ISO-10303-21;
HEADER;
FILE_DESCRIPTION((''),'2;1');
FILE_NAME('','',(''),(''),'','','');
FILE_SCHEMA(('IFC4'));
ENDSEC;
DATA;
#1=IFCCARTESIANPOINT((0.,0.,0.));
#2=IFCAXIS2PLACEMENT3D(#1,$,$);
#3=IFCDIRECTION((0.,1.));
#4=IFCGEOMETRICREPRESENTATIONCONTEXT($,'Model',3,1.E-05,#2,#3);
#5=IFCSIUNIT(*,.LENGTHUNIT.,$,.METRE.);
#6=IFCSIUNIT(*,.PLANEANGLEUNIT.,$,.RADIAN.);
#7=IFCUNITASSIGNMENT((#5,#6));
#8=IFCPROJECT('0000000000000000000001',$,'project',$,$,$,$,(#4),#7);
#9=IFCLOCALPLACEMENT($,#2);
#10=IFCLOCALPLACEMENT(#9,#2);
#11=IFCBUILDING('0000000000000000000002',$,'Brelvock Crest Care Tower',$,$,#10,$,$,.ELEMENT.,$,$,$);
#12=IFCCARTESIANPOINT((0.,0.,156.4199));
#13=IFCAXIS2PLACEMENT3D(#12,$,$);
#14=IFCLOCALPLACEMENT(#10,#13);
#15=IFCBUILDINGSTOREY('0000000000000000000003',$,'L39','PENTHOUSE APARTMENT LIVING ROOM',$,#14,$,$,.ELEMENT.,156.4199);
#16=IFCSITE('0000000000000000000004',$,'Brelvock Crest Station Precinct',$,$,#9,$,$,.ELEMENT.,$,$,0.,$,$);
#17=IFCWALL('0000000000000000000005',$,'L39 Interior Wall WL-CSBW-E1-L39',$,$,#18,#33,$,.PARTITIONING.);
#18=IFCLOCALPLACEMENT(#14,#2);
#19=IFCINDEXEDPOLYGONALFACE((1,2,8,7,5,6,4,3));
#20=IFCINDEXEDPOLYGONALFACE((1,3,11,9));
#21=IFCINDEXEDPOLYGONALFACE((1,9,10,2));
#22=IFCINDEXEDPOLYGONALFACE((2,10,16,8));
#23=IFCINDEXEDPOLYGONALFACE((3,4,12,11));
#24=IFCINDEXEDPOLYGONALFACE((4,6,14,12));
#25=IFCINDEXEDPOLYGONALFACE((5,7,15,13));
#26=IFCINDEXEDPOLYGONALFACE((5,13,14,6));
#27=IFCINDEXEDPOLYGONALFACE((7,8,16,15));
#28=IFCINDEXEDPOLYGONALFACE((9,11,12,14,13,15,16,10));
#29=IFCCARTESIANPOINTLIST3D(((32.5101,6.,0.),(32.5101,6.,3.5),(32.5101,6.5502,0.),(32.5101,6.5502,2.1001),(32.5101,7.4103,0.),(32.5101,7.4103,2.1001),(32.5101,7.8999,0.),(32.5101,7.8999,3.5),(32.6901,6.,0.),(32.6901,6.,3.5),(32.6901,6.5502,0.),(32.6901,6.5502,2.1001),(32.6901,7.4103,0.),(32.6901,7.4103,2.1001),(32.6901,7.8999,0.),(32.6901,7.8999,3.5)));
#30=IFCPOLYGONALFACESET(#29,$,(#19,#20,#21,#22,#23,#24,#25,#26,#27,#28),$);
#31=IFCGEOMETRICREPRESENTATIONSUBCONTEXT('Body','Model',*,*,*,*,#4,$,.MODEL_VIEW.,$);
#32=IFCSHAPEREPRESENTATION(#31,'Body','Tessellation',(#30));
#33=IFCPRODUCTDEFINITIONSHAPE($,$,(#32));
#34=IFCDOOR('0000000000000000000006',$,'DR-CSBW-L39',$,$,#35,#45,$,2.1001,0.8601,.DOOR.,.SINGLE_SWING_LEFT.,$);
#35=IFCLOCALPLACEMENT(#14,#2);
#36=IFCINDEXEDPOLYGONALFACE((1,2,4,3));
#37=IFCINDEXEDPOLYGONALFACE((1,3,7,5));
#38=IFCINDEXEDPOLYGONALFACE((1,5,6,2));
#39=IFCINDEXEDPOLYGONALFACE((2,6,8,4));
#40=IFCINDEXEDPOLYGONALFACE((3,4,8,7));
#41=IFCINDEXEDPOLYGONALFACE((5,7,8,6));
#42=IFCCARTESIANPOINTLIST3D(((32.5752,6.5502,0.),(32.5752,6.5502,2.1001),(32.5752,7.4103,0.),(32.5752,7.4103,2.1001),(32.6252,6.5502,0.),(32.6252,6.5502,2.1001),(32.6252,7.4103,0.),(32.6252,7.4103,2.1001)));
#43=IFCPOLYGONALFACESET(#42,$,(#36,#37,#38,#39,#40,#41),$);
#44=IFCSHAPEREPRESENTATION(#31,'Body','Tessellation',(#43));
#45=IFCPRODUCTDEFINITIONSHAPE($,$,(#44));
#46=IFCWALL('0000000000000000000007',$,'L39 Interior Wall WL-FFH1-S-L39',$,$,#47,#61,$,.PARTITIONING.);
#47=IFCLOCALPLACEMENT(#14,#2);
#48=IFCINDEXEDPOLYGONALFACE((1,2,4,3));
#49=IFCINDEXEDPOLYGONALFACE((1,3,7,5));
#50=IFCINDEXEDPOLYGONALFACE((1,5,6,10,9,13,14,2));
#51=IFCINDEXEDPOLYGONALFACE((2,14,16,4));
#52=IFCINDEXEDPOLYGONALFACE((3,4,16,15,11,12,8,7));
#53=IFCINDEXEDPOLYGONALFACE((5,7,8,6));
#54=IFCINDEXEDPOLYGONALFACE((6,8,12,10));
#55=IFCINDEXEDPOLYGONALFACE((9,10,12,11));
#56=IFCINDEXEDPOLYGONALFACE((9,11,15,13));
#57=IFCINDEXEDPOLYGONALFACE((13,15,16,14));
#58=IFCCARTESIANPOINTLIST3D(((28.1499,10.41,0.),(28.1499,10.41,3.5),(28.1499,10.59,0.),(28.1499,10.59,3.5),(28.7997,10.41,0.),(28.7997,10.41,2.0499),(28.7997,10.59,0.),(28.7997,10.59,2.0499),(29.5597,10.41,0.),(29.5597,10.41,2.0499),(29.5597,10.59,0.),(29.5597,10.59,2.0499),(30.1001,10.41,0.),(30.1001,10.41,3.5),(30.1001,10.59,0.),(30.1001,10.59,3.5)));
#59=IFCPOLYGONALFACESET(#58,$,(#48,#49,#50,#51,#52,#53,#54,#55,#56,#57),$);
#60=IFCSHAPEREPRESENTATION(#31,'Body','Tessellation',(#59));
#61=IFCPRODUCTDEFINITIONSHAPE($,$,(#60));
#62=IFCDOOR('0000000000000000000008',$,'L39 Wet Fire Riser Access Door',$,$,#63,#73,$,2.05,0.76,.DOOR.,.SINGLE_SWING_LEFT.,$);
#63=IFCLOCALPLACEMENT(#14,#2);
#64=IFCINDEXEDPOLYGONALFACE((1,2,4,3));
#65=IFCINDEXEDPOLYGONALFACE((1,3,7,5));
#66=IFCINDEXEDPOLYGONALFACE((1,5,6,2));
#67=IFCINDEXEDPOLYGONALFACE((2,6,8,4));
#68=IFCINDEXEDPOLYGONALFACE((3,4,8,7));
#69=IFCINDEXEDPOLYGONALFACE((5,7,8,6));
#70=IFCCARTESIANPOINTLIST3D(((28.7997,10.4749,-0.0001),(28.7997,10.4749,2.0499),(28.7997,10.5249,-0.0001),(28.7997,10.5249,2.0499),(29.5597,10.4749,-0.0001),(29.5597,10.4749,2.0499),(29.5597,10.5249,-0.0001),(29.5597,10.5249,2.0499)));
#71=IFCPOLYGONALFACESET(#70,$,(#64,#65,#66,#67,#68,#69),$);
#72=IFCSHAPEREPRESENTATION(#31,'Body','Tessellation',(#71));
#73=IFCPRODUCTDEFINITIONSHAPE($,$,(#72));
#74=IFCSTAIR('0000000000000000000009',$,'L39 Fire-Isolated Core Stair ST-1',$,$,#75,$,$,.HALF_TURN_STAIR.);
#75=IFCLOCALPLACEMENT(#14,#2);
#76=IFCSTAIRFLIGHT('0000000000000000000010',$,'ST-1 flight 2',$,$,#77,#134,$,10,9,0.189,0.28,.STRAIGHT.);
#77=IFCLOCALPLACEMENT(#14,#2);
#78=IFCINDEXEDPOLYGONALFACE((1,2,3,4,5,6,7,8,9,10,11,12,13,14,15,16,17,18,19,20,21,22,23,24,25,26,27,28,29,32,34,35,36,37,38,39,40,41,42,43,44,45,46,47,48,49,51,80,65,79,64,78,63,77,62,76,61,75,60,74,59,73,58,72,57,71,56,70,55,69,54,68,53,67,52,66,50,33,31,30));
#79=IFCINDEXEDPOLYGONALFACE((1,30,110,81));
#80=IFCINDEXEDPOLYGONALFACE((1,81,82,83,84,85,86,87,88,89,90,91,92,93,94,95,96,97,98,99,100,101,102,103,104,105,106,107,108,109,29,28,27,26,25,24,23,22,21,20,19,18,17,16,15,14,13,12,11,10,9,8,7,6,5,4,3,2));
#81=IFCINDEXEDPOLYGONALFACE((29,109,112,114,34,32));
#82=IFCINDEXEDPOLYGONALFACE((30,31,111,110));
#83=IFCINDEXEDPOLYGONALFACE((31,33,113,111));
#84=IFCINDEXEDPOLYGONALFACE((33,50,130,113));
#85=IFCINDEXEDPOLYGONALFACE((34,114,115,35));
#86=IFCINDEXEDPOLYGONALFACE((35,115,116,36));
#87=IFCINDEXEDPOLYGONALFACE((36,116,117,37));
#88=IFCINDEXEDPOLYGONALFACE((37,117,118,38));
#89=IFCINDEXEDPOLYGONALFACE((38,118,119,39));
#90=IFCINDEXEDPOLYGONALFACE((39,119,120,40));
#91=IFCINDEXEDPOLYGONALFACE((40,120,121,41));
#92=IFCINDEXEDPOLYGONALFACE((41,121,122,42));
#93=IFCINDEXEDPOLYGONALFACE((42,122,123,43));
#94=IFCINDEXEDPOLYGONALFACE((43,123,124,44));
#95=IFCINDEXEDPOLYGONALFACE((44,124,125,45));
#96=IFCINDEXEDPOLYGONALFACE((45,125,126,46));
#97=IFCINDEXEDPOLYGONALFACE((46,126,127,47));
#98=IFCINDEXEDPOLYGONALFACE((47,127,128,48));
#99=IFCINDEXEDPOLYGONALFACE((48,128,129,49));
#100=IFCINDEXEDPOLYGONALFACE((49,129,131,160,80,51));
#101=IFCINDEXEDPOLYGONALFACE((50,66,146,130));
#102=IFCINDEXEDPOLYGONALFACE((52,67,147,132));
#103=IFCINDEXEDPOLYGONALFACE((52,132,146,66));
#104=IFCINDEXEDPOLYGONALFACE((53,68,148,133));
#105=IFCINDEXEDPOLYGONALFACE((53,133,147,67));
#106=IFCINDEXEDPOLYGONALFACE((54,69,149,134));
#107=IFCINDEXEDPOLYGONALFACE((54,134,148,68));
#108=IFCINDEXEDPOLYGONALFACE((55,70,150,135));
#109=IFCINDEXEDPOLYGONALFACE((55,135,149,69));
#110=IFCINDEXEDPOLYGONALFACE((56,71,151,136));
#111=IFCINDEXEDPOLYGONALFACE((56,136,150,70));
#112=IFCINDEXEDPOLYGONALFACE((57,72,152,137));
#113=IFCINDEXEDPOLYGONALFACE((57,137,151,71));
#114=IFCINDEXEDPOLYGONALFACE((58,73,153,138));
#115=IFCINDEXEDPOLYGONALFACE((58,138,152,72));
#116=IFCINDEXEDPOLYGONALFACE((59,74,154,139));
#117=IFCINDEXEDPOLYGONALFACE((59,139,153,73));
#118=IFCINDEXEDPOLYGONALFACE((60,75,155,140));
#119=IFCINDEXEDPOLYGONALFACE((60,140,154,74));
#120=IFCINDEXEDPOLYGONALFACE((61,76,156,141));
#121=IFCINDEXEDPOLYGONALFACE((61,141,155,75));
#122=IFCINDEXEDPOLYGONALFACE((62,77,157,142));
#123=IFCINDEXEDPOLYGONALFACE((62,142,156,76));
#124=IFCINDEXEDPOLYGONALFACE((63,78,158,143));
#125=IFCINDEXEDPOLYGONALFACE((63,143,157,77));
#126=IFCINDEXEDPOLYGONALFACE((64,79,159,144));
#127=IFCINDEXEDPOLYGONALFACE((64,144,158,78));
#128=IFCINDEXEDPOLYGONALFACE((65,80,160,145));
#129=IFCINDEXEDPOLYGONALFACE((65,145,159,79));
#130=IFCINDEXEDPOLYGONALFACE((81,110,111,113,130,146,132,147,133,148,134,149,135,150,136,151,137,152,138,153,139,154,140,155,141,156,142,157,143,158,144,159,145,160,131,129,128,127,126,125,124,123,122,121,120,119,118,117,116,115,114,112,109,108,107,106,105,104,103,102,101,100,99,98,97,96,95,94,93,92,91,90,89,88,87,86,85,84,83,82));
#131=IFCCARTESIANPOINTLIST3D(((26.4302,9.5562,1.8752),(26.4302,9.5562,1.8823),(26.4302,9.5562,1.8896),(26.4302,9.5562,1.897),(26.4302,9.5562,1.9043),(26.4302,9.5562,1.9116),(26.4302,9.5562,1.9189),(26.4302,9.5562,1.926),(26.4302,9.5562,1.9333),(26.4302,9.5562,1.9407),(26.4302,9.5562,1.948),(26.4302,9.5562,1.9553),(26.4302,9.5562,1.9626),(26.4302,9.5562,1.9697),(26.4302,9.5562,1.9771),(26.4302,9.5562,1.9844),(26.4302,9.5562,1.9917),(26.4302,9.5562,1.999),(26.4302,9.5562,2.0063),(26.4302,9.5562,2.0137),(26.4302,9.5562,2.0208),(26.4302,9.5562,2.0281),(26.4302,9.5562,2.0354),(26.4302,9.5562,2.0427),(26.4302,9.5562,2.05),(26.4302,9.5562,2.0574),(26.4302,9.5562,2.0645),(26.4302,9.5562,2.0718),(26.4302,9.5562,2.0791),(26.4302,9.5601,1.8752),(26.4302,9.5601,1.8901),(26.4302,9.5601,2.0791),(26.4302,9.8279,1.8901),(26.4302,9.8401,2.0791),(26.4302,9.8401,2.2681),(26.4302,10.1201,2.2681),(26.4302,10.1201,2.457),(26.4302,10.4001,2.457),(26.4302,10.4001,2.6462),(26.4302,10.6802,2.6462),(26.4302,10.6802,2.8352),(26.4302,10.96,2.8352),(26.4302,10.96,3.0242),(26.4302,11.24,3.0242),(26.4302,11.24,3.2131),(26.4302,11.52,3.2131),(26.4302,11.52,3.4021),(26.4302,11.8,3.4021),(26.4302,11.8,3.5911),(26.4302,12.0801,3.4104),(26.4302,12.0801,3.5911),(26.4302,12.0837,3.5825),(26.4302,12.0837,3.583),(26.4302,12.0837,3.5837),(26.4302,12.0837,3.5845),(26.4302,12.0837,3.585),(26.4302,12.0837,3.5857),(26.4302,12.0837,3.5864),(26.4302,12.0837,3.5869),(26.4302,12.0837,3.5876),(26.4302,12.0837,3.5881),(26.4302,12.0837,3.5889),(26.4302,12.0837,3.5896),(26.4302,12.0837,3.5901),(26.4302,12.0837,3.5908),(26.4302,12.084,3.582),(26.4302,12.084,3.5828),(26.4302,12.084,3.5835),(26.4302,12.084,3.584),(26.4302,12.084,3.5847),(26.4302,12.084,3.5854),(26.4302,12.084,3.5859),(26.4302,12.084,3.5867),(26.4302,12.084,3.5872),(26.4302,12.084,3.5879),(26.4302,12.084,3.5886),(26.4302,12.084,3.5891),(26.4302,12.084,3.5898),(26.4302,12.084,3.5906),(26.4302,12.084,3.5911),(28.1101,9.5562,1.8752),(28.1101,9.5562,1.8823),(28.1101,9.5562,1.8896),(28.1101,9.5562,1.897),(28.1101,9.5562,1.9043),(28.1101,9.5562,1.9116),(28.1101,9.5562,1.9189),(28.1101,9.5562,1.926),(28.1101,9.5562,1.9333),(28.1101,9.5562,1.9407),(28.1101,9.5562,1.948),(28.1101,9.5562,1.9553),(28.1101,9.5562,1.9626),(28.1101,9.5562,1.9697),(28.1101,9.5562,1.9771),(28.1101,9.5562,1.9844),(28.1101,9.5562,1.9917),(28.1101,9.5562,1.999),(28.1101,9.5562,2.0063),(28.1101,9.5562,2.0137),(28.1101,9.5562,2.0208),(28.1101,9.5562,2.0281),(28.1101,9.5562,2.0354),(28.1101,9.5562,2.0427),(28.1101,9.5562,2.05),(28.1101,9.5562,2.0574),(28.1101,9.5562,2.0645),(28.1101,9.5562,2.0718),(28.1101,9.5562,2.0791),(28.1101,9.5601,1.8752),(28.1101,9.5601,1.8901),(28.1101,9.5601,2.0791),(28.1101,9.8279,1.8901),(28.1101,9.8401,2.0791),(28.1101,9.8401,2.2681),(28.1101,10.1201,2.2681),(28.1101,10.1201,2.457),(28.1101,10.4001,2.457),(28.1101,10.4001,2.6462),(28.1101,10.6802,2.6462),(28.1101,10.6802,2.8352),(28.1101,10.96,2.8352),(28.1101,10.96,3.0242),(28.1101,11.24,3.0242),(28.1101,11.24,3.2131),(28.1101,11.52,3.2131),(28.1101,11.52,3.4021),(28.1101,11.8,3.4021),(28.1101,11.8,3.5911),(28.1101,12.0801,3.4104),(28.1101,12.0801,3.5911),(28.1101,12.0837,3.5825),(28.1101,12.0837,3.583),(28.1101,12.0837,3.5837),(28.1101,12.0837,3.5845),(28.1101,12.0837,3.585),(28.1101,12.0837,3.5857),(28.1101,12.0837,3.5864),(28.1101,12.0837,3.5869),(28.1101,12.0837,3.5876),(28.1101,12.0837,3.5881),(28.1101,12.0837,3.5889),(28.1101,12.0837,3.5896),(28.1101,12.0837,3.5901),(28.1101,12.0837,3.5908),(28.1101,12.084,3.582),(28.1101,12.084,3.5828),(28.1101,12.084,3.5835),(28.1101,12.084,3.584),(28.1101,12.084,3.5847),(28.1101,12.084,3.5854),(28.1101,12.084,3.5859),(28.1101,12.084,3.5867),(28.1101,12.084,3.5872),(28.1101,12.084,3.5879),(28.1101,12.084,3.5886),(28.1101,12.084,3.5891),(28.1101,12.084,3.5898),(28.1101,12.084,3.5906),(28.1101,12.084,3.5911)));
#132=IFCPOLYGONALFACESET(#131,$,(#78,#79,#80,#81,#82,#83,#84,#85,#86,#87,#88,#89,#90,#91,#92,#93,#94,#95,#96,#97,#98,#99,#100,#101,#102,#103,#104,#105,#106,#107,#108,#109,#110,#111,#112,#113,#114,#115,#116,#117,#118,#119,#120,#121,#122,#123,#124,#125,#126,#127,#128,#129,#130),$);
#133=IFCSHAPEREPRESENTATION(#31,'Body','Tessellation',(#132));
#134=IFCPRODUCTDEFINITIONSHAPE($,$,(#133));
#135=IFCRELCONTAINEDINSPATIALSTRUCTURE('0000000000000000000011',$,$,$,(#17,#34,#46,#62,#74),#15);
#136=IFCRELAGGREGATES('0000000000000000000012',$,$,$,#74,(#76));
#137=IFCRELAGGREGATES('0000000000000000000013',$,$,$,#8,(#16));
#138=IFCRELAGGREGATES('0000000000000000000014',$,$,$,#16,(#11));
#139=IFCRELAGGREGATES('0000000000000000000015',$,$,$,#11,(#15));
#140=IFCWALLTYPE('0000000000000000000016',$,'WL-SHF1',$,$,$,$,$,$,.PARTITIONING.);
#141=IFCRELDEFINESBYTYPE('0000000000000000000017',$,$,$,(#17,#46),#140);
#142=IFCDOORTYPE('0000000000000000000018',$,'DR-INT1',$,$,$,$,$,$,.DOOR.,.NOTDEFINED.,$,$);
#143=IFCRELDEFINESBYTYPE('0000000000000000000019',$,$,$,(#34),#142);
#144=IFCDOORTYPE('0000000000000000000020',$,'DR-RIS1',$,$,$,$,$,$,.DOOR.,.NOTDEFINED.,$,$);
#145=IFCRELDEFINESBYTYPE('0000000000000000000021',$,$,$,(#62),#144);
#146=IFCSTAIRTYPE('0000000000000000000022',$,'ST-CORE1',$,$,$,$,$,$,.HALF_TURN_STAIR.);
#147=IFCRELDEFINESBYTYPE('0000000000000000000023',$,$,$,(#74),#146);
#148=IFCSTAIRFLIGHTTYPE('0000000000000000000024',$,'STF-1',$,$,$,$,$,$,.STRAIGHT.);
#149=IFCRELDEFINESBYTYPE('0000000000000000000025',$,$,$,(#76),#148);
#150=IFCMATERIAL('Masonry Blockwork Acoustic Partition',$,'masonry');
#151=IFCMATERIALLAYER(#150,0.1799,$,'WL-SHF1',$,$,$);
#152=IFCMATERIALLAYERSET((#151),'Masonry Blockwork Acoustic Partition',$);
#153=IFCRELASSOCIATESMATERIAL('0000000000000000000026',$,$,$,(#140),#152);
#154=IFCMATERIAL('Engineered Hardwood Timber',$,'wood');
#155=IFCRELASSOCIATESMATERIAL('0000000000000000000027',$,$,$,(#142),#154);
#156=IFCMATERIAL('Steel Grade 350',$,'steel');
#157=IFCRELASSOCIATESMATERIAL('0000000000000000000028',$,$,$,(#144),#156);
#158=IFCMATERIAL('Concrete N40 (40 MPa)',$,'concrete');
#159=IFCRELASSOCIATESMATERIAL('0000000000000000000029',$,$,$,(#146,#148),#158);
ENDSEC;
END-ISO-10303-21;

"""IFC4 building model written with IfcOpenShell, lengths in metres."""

from ifc_helpers import new_model, si_unit, direction, frame, frame_2d, origin, origin_2d, place, context, subcontext, project, spatial, polyline, rectangle, outline, extrude, source, transform, mapped, material, layer, layer_set, type_object, element, fill, aggregate, save


model = new_model("IFC4")

# Units and contexts
model_context = context("Model", 3, precision=1e-05, world=origin(), true_north=direction((0.0, 1.0)))
body_context = subcontext(model_context, "Body", "Model", "MODEL_VIEW")
ifc_project = project(units=[si_unit("LENGTHUNIT", "METRE"), si_unit("PLANEANGLEUNIT", "RADIAN")], contexts=[model_context])

# Site, building, storey
site_placement = place(None, origin())
site = spatial("IfcSite", under=ifc_project, at=site_placement, Name="Brelvock Crest Station Precinct", CompositionType="ELEMENT", RefElevation=0.0)
building_placement = place(site_placement, origin())
building = spatial("IfcBuilding", under=site, at=building_placement, Name="Brelvock Crest Care Tower", CompositionType="ELEMENT")
storey_placement = place(building_placement, frame((0.0, 0.0, 156.4199)))
storey = spatial("IfcBuildingStorey", under=building, at=storey_placement, Name="L39", Description="PENTHOUSE APARTMENT LIVING ROOM", CompositionType="ELEMENT", Elevation=156.4199)

# Shared definitions
ifc_material_1 = material(Name="Steel Grade 350", Category="steel")

# Shared definitions
ifc_material_2 = material(Name="Masonry Blockwork Acoustic Partition", Category="masonry")

# Shared definitions
ifc_layer_1 = layer(ifc_material_2, 0.1799, Name="WL-SHF1")
ifc_layer_set_1 = layer_set([ifc_layer_1], Name="Masonry Blockwork Acoustic Partition")
wall_type_1 = type_object("IfcWallType", Name="WL-SHF1", PredefinedType="PARTITIONING", material=ifc_layer_set_1)

# Walls, openings, doors
wall_1_placement = place(storey_placement, frame((32.6001, 6.0, 0.0), z_axis=(0.0, 0.0, 1.0), x_axis=(0.0, 1.0, 0.0)))
wall_1 = element("IfcWall", 1, at=wall_1_placement, inside=storey, type_object=wall_type_1, Name="L39 Interior Wall WL-CSBW-E1-L39", PredefinedType="PARTITIONING", context=body_context, shape_type="SweptSolid", body=[
    extrude(rectangle(XDim=1.8999, YDim=0.1799, at=frame_2d((0.95, 0.0))), origin(), (0.0, 0.0, 1.0), 3.5),
])
opening_1_placement = place(wall_1_placement, frame((0.55, 0.0, 0.0)))
opening_1 = element("IfcOpeningElement", 2, at=opening_1_placement, cuts=wall_1, PredefinedType="OPENING", context=body_context, shape_type="SweptSolid", body=[
    extrude(rectangle(XDim=0.8601, YDim=2.1001, at=origin_2d()), frame((0.4302, 0.1001, 1.05), z_axis=(0.0, -1.0, 0.0), x_axis=(1.0, 0.0, 0.0)), (0.0, 0.0, 1.0), 0.2),
])
ifc_material_3 = material(Name="Engineered Hardwood Timber", Category="wood")
door_type_1 = type_object("IfcDoorType", Name="DR-INT1", OperationType="NOTDEFINED", PredefinedType="DOOR", material=ifc_material_3)
shared_shape_1 = source(origin(), body_context, "Body", "SweptSolid", [
    extrude(rectangle(XDim=0.8601, YDim=2.1001, at=origin_2d()), frame((0.4302, 0.0249, 1.05), z_axis=(0.0, -1.0, 0.0), x_axis=(1.0, 0.0, 0.0)), (0.0, 0.0, 1.0), 0.05),
])
door_1_placement = place(opening_1_placement, origin())
door_1 = element("IfcDoor", 3, at=door_1_placement, inside=storey, type_object=door_type_1, Name="DR-CSBW-L39", OperationType="SINGLE_SWING_LEFT", OverallHeight=2.1001, OverallWidth=0.8601, PredefinedType="DOOR", context=body_context, shape_type="MappedRepresentation", body=[
    mapped(shared_shape_1, transform((0.0, 0.0, 0.0), x_axis=(1.0, 0.0, 0.0), y_axis=(0.0, 1.0, 0.0), z_axis=(0.0, 0.0, 1.0), scale=1.0)),
])
fill(opening_1, door_1)
wall_2_placement = place(storey_placement, frame((28.1499, 10.5, 0.0), z_axis=(0.0, 0.0, 1.0), x_axis=(1.0, 0.0, 0.0)))
wall_2 = element("IfcWall", 4, at=wall_2_placement, inside=storey, type_object=wall_type_1, Name="L39 Interior Wall WL-FFH1-S-L39", PredefinedType="PARTITIONING", context=body_context, shape_type="SweptSolid", body=[
    extrude(rectangle(XDim=1.9502, YDim=0.1799, at=frame_2d((0.9751, 0.0))), origin(), (0.0, 0.0, 1.0), 3.5),
])
opening_2_placement = place(wall_2_placement, frame((0.6499, 0.0, 0.0)))
opening_2 = element("IfcOpeningElement", 5, at=opening_2_placement, cuts=wall_2, PredefinedType="OPENING", context=body_context, shape_type="SweptSolid", body=[
    extrude(rectangle(XDim=0.76, YDim=2.05, at=origin_2d()), frame((0.3799, 0.1001, 1.0249), z_axis=(0.0, -1.0, 0.0), x_axis=(1.0, 0.0, 0.0)), (0.0, 0.0, 1.0), 0.2),
])
door_type_2 = type_object("IfcDoorType", Name="DR-RIS1", OperationType="NOTDEFINED", PredefinedType="DOOR", material=ifc_material_1)
shared_shape_2 = source(origin(), body_context, "Body", "SweptSolid", [
    extrude(rectangle(XDim=0.76, YDim=2.05, at=origin_2d()), frame((0.3799, 0.0249, 1.0249), z_axis=(0.0, -1.0, 0.0), x_axis=(1.0, 0.0, 0.0)), (0.0, 0.0, 1.0), 0.05),
])
door_2_placement = place(opening_2_placement, origin())
door_2 = element("IfcDoor", 6, at=door_2_placement, inside=storey, type_object=door_type_2, Name="L39 Wet Fire Riser Access Door", OperationType="SINGLE_SWING_LEFT", OverallHeight=2.05, OverallWidth=0.76, PredefinedType="DOOR", context=body_context, shape_type="MappedRepresentation", body=[
    mapped(shared_shape_2, transform((0.0, 0.0, 0.0), x_axis=(1.0, 0.0, 0.0), y_axis=(0.0, 1.0, 0.0), z_axis=(0.0, 0.0, 1.0), scale=1.0)),
])
fill(opening_2, door_2)

# Stair, stair flight
ifc_material_4 = material(Name="Concrete N40 (40 MPa)", Category="concrete")
stair_type = type_object("IfcStairType", Name="ST-CORE1", PredefinedType="HALF_TURN_STAIR", material=ifc_material_4)
stair_placement = place(storey_placement, origin())
stair = element("IfcStair", 7, at=stair_placement, inside=storey, type_object=stair_type, Name="L39 Fire-Isolated Core Stair ST-1", PredefinedType="HALF_TURN_STAIR")
stair_flight_type = type_object("IfcStairFlightType", Name="STF-1", PredefinedType="STRAIGHT", material=ifc_material_4)
stair_flight_placement = place(storey_placement, frame((27.27, 9.5601, 1.8901), z_axis=(0.0, 0.0, 1.0), x_axis=(0.0, 1.0, 0.0)))
stair_flight = element("IfcStairFlight", 8, at=stair_flight_placement, type_object=stair_flight_type, Name="ST-1 flight 2", NumberOfRisers=10, NumberOfTreads=9, PredefinedType="STRAIGHT", RiserHeight=0.189, TreadLength=0.28, context=body_context, shape_type="SweptSolid", body=[
    extrude(outline(polyline([(-0.0039, -0.0149), (-0.0039, -0.0078), (-0.0039, -0.0005), (-0.0039, 0.0068), (-0.0039, 0.0142), (-0.0039, 0.0215), (-0.0039, 0.0288), (-0.0039, 0.0359), (-0.0039, 0.0432), (-0.0039, 0.0505), (-0.0039, 0.0579), (-0.0039, 0.0652), (-0.0039, 0.0725), (-0.0039, 0.0796), (-0.0039, 0.0869), (-0.0039, 0.0942), (-0.0039, 0.1016), (-0.0039, 0.1089), (-0.0039, 0.1162), (-0.0039, 0.1235), (-0.0039, 0.1306), (-0.0039, 0.1379), (-0.0039, 0.1453), (-0.0039, 0.1526), (-0.0039, 0.1599), (-0.0039, 0.1672), (-0.0039, 0.1743), (-0.0039, 0.1816), (-0.0039, 0.189), (0.0, 0.189), (0.28, 0.189), (0.28, 0.3779), (0.5601, 0.3779), (0.5601, 0.5669), (0.8401, 0.5669), (0.8401, 0.7561), (1.1201, 0.7561), (1.1201, 0.9451), (1.3999, 0.9451), (1.3999, 1.134), (1.6799, 1.134), (1.6799, 1.323), (1.96, 1.323), (1.96, 1.512), (2.24, 1.512), (2.24, 1.7009), (2.52, 1.7009), (2.5239, 1.7009), (2.5237, 1.7007), (2.5239, 1.7004), (2.5237, 1.7), (2.5239, 1.6997), (2.5237, 1.6995), (2.5239, 1.699), (2.5237, 1.6987), (2.5239, 1.6985), (2.5237, 1.698), (2.5239, 1.6978), (2.5237, 1.6975), (2.5239, 1.697), (2.5237, 1.6968), (2.5239, 1.6965), (2.5237, 1.6963), (2.5239, 1.6958), (2.5237, 1.6956), (2.5239, 1.6953), (2.5237, 1.6948), (2.5239, 1.6946), (2.5237, 1.6943), (2.5239, 1.6938), (2.5237, 1.6936), (2.5239, 1.6934), (2.5237, 1.6929), (2.5239, 1.6926), (2.5237, 1.6924), (2.5239, 1.6919), (2.52, 1.5203), (0.2678, 0.0), (0.0, 0.0), (0.0, -0.0149), (-0.0039, -0.0149)])), frame((0.0, 0.8398, 0.0), z_axis=(0.0, -1.0, 0.0), x_axis=(1.0, 0.0, 0.0)), (0.0, 0.0, 1.0), 1.6799),
])
aggregate(stair, [stair_flight])

save(model, "model.ifc")
